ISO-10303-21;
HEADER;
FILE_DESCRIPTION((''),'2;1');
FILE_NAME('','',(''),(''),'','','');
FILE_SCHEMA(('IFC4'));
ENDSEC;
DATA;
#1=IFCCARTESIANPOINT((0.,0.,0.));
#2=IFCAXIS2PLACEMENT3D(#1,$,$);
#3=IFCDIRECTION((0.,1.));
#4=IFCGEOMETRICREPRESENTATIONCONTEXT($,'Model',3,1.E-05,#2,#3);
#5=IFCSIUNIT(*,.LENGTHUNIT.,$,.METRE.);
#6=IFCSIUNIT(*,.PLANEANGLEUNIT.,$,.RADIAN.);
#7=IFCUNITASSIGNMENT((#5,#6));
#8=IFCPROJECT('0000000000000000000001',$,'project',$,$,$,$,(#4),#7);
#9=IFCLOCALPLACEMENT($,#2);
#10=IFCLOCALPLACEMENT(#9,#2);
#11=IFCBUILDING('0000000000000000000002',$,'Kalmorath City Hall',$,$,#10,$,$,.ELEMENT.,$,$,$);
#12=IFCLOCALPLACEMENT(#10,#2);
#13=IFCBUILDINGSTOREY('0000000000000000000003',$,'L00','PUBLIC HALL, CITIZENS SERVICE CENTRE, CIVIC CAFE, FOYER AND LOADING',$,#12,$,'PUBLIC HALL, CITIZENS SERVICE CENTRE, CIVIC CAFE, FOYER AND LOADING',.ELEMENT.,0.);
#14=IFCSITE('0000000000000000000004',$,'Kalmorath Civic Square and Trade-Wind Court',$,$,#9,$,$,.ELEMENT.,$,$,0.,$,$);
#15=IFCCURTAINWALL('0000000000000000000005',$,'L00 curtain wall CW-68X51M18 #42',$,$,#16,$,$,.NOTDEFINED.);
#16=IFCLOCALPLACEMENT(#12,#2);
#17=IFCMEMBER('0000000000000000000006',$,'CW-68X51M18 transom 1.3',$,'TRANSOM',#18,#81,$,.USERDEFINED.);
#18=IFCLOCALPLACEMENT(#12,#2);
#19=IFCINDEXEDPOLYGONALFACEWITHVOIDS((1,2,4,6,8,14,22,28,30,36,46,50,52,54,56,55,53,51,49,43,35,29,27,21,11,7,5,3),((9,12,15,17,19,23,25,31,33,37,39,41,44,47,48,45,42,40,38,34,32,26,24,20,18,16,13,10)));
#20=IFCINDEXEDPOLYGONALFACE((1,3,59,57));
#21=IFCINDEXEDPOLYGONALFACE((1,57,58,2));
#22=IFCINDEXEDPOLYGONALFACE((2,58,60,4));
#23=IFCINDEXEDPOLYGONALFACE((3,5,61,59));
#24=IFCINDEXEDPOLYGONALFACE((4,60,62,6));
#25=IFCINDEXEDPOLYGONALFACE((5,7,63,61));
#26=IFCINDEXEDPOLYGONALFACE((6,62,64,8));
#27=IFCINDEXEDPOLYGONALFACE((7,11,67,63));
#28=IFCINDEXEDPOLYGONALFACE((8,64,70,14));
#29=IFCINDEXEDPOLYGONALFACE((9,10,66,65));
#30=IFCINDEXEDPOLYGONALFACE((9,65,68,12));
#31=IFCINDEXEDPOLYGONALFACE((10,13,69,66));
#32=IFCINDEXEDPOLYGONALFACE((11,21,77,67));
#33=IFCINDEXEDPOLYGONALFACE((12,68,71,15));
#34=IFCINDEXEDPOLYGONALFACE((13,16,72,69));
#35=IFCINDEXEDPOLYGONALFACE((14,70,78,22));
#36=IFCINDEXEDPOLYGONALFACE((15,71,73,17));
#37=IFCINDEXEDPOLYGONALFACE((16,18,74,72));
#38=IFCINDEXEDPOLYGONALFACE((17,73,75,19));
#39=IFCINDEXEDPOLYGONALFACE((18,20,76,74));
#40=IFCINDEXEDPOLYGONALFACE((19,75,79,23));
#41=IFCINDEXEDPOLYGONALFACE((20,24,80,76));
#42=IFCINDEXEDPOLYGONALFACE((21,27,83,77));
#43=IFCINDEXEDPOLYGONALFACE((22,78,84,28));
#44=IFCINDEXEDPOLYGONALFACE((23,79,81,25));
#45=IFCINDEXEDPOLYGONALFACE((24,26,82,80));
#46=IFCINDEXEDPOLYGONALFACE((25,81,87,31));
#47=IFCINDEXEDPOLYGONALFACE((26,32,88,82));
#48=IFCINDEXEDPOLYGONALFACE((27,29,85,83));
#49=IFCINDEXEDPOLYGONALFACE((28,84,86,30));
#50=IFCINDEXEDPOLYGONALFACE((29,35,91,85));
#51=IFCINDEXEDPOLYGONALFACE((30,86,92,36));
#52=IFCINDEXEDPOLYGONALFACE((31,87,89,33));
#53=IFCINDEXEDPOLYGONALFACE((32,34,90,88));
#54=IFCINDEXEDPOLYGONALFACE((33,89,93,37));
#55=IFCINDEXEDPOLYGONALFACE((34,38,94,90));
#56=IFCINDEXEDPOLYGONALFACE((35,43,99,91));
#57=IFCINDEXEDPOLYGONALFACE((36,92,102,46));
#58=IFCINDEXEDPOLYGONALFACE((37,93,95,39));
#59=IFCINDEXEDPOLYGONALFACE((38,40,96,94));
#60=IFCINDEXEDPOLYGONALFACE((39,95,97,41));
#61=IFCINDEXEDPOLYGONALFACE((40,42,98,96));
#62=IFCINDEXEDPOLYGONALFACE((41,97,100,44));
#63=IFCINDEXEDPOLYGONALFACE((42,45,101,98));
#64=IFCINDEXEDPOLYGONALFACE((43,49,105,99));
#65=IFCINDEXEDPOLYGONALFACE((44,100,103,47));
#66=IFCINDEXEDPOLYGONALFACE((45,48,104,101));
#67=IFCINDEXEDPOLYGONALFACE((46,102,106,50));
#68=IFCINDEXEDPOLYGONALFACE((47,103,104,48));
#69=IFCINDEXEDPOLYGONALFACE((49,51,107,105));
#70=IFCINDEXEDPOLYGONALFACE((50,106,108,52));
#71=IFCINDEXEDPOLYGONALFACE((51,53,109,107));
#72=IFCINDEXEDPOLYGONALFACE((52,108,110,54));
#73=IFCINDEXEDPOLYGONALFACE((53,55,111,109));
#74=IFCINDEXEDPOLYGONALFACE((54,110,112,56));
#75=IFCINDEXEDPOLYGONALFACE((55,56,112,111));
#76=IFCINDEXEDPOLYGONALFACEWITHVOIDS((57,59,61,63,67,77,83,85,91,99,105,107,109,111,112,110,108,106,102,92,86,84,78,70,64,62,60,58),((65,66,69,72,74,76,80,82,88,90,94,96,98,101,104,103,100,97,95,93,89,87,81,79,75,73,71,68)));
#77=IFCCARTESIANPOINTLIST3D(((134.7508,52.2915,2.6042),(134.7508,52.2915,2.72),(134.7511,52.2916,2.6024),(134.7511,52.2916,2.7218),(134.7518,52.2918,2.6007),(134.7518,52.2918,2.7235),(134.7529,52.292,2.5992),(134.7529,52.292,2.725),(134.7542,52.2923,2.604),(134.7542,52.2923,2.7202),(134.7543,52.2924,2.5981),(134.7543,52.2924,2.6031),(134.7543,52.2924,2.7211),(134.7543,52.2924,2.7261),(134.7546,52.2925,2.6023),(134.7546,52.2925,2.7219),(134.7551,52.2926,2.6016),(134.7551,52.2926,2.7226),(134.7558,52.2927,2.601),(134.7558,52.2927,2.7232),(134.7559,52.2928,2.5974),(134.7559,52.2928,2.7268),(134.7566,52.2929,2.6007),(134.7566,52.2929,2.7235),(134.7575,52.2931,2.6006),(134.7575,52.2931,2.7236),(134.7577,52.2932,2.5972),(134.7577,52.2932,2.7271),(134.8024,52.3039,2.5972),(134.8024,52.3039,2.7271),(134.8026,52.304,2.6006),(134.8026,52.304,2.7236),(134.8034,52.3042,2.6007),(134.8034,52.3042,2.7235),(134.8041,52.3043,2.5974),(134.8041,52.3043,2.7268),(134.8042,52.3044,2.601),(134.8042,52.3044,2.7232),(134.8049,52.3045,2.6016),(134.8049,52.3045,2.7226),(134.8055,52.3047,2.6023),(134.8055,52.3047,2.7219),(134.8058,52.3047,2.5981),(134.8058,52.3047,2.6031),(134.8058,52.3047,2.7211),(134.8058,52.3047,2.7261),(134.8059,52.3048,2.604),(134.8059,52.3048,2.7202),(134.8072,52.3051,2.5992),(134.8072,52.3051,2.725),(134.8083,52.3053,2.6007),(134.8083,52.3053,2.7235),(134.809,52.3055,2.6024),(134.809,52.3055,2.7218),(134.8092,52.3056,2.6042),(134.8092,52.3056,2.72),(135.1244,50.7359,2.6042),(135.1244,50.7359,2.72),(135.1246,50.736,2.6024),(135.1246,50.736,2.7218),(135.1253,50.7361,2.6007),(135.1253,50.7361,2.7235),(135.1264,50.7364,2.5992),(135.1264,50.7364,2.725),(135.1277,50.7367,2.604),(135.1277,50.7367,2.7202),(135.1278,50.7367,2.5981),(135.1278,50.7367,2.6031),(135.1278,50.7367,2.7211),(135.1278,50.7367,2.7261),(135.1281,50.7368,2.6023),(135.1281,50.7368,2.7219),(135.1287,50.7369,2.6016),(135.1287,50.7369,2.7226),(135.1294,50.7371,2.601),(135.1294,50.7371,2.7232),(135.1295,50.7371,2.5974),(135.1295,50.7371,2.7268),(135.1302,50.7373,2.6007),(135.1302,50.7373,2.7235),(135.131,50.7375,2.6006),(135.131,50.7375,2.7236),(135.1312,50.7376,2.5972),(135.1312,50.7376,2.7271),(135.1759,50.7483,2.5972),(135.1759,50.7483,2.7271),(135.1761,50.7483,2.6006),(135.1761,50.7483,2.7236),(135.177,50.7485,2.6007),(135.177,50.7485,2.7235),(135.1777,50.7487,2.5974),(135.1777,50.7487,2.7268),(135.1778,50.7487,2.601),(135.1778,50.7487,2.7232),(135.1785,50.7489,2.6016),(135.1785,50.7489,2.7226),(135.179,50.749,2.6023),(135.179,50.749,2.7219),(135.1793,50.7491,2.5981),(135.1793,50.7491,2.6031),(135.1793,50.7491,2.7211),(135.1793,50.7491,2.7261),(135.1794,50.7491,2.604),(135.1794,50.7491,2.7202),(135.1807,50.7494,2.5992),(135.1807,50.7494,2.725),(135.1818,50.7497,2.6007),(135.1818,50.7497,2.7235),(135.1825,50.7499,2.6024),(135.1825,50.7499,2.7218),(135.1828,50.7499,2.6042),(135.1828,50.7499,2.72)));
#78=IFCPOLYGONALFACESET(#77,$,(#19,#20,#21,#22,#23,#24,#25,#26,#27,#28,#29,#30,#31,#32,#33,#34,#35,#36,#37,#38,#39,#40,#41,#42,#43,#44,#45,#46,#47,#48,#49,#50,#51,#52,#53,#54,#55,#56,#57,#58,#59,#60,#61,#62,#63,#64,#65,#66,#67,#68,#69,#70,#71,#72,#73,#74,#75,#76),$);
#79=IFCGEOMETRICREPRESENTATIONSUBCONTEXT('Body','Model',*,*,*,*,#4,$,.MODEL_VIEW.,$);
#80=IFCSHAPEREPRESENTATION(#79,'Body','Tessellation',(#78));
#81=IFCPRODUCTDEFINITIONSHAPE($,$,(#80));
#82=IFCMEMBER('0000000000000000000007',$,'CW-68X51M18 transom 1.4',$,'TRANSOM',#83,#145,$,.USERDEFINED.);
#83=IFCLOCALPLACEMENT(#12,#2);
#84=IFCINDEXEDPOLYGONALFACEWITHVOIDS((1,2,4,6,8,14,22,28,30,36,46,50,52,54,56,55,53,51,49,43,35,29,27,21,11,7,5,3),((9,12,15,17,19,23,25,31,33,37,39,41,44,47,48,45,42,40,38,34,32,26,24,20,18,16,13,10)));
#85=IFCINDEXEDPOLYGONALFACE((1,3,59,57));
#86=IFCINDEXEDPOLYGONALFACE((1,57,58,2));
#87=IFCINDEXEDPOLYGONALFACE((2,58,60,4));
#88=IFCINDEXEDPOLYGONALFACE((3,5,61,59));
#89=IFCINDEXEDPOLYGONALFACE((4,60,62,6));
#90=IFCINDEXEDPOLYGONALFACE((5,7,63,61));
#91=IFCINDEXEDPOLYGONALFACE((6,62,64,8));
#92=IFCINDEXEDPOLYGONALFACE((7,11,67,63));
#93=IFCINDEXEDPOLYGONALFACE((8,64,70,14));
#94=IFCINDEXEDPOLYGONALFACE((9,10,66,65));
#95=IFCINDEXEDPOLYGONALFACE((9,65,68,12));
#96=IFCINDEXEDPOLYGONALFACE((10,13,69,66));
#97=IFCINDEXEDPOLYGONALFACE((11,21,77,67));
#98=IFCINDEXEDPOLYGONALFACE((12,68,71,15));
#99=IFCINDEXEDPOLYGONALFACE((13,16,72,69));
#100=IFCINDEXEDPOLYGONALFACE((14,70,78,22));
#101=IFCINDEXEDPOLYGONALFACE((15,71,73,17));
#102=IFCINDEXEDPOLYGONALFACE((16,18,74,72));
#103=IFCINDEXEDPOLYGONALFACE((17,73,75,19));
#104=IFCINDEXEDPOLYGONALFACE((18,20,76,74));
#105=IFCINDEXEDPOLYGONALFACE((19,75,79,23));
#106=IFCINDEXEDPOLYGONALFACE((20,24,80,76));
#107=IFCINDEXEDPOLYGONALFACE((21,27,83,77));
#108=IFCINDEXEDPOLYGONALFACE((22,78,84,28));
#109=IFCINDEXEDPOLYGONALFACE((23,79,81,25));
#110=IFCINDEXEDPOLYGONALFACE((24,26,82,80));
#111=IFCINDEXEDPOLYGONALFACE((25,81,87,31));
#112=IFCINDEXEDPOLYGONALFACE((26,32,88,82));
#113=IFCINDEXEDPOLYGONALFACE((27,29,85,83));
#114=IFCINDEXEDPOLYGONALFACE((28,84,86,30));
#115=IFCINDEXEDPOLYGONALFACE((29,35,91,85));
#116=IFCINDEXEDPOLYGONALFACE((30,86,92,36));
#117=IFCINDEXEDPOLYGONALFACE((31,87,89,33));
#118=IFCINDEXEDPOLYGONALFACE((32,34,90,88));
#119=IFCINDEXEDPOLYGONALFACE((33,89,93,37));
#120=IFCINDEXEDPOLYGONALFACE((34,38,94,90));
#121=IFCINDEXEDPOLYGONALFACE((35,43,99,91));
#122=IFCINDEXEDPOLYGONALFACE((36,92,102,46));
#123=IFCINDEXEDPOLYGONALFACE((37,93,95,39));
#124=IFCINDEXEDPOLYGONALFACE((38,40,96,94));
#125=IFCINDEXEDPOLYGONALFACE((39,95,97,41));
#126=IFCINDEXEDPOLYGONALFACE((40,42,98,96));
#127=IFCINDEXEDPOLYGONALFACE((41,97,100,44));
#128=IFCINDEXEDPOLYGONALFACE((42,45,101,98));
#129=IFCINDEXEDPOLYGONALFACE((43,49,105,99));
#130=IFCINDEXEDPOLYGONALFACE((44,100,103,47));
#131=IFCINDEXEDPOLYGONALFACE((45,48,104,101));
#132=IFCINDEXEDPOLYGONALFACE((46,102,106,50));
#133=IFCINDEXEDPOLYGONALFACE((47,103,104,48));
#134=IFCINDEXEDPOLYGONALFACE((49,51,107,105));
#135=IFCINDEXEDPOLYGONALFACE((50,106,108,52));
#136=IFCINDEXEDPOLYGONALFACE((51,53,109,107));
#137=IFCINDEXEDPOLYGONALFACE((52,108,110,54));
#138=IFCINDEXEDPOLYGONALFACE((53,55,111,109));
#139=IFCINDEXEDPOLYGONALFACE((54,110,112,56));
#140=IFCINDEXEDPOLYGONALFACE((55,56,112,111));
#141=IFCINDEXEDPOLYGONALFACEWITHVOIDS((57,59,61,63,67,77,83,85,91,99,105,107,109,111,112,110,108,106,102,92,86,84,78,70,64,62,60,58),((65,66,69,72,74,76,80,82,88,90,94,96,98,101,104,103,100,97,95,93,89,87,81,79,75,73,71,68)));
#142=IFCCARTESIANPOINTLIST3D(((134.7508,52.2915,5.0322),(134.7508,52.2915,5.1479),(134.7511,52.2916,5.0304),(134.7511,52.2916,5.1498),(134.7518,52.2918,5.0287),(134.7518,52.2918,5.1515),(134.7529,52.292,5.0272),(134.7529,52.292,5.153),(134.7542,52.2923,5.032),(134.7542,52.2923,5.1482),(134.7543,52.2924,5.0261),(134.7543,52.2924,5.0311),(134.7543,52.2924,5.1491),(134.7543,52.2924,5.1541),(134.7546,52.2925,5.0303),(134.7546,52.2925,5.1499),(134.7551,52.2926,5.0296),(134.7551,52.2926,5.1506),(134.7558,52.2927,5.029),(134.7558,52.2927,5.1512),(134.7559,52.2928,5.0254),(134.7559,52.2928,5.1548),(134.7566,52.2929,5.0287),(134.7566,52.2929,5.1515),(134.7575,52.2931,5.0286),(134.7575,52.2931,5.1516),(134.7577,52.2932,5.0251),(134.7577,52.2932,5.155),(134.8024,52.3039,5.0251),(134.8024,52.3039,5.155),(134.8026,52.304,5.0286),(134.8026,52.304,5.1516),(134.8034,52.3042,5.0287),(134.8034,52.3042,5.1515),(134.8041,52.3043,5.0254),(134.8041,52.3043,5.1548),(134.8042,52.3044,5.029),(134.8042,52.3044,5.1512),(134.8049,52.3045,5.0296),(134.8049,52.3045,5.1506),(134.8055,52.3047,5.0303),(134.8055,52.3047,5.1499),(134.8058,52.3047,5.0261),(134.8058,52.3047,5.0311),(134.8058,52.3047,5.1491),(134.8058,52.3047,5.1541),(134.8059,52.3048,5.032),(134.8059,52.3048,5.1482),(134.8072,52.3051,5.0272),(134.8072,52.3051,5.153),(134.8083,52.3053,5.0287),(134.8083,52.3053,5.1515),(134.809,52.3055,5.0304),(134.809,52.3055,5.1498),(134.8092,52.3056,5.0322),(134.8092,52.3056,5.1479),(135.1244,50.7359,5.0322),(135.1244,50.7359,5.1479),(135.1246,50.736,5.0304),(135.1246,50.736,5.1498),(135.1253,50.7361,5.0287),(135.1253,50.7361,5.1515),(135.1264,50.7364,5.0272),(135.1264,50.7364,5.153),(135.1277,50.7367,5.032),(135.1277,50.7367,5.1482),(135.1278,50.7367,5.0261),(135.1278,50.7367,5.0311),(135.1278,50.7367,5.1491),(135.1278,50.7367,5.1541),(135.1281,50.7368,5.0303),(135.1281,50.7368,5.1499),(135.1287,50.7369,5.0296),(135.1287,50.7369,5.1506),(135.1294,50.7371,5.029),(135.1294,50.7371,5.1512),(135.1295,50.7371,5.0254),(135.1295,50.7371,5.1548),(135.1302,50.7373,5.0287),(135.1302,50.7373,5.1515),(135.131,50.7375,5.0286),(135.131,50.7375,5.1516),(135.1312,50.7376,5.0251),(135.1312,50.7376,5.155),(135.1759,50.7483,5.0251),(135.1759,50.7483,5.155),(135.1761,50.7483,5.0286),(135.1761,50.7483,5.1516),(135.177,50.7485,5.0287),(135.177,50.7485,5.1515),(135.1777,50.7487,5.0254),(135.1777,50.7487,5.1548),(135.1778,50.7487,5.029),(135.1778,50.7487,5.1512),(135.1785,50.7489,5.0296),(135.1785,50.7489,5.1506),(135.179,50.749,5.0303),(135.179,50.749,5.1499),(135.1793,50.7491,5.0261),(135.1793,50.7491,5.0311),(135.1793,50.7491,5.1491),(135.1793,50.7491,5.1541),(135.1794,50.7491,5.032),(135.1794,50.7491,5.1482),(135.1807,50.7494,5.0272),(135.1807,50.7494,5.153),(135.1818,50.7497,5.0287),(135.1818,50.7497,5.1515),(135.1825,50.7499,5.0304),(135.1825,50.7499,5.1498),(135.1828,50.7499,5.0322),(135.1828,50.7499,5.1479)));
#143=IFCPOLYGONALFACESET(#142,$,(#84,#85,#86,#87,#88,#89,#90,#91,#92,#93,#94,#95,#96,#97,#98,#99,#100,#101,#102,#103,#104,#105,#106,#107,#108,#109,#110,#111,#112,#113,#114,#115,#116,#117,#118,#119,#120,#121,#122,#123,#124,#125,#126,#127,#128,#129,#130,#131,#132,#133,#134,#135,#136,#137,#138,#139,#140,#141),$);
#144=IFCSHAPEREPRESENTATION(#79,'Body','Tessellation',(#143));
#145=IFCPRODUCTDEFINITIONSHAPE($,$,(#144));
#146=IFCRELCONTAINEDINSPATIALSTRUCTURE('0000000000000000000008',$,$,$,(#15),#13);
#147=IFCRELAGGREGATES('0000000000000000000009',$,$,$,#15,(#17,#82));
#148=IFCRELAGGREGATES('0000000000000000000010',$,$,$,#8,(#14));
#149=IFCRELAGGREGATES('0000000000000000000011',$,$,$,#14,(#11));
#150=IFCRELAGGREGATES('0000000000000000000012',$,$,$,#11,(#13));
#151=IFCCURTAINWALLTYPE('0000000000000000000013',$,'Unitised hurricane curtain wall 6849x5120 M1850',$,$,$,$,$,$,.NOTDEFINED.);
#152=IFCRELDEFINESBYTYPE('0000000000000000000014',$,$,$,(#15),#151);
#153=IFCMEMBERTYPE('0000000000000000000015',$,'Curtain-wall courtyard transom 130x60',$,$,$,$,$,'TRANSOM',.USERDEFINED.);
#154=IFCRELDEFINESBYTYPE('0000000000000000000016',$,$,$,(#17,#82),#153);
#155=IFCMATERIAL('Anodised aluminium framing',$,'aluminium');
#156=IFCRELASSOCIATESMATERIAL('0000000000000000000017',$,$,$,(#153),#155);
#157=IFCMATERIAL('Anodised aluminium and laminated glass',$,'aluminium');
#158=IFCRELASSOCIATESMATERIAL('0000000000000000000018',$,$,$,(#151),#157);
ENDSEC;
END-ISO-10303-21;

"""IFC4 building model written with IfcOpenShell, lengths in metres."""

from ifc_helpers import new_model, si_unit, direction, frame, origin, origin_2d, place, context, subcontext, project, spatial, hollow_rectangle, extrude, material, material_profile, profile_set, type_object, element, aggregate, save


model = new_model("IFC4")

# Units and contexts
model_context = context("Model", 3, precision=1e-05, world=origin(), true_north=direction((0.0, 1.0)))
body_context = subcontext(model_context, "Body", "Model", "MODEL_VIEW")
ifc_project = project(units=[si_unit("LENGTHUNIT", "METRE"), si_unit("PLANEANGLEUNIT", "RADIAN")], contexts=[model_context])

# Site, building, storey
site_placement = place(None, origin())
site = spatial("IfcSite", under=ifc_project, at=site_placement, Name="Kalmorath Civic Square and Trade-Wind Court", CompositionType="ELEMENT", RefElevation=0.0)
building_placement = place(site_placement, origin())
building = spatial("IfcBuilding", under=site, at=building_placement, Name="Kalmorath City Hall", CompositionType="ELEMENT")
storey_placement = place(building_placement, origin())
storey = spatial("IfcBuildingStorey", under=building, at=storey_placement, Name="L00", Description="PUBLIC HALL, CITIZENS SERVICE CENTRE, CIVIC CAFE, FOYER AND LOADING", LongName="PUBLIC HALL, CITIZENS SERVICE CENTRE, CIVIC CAFE, FOYER AND LOADING", CompositionType="ELEMENT", Elevation=0.0)

# Curtain wall, members
ifc_material_1 = material(Name="Anodised aluminium framing", Category="aluminium")
ifc_material_profile_1 = material_profile(ifc_material_1, hollow_rectangle(XDim=0.0601, YDim=0.1299, WallThickness=0.0034, InnerFilletRadius=0.0034, OuterFilletRadius=0.0071, at=origin_2d()), Name="ALU-TRN-130X60X3.5")
ifc_profile_set_1 = profile_set([ifc_material_profile_1], Name="Anodised aluminium framing")
member_type_1 = type_object("IfcMemberType", Name="Curtain-wall courtyard transom 130x60", ElementType="TRANSOM", PredefinedType="USERDEFINED", material=ifc_profile_set_1)
ifc_material_2 = material(Name="Anodised aluminium and laminated glass", Category="aluminium")
curtain_wall_type_1 = type_object("IfcCurtainWallType", Name="Unitised hurricane curtain wall 6849x5120 M1850", PredefinedType="NOTDEFINED", material=ifc_material_2)
curtain_wall_1_placement = place(storey_placement, origin())
curtain_wall_1 = element("IfcCurtainWall", 1, at=curtain_wall_1_placement, inside=storey, type_object=curtain_wall_type_1, Name="L00 curtain wall CW-68X51M18 #42", PredefinedType="NOTDEFINED")
member_1_placement = place(storey_placement, frame((135.1536, 50.7429, 2.6621), z_axis=(-0.233477, 0.972362, 0.0), x_axis=(-0.972362, -0.233477, 0.0)))
member_1 = element("IfcMember", 2, at=member_1_placement, type_object=member_type_1, Name="CW-68X51M18 transom 1.3", ObjectType="TRANSOM", PredefinedType="USERDEFINED", context=body_context, shape_type="SweptSolid", body=[
    extrude(hollow_rectangle(XDim=0.0601, YDim=0.1299, WallThickness=0.0034, InnerFilletRadius=0.0034, OuterFilletRadius=0.0071, at=origin_2d()), origin(), (0.0, 0.0, 1.0), 1.5999),
])
member_2_placement = place(storey_placement, frame((135.1536, 50.7429, 5.0901), z_axis=(-0.233477, 0.972362, 0.0), x_axis=(-0.972362, -0.233477, 0.0)))
member_2 = element("IfcMember", 3, at=member_2_placement, type_object=member_type_1, Name="CW-68X51M18 transom 1.4", ObjectType="TRANSOM", PredefinedType="USERDEFINED", context=body_context, shape_type="SweptSolid", body=[
    extrude(hollow_rectangle(XDim=0.0601, YDim=0.1299, WallThickness=0.0034, InnerFilletRadius=0.0034, OuterFilletRadius=0.0071, at=origin_2d()), origin(), (0.0, 0.0, 1.0), 1.5999),
])

aggregate(curtain_wall_1, [member_1, member_2])

save(model, "model.ifc")
